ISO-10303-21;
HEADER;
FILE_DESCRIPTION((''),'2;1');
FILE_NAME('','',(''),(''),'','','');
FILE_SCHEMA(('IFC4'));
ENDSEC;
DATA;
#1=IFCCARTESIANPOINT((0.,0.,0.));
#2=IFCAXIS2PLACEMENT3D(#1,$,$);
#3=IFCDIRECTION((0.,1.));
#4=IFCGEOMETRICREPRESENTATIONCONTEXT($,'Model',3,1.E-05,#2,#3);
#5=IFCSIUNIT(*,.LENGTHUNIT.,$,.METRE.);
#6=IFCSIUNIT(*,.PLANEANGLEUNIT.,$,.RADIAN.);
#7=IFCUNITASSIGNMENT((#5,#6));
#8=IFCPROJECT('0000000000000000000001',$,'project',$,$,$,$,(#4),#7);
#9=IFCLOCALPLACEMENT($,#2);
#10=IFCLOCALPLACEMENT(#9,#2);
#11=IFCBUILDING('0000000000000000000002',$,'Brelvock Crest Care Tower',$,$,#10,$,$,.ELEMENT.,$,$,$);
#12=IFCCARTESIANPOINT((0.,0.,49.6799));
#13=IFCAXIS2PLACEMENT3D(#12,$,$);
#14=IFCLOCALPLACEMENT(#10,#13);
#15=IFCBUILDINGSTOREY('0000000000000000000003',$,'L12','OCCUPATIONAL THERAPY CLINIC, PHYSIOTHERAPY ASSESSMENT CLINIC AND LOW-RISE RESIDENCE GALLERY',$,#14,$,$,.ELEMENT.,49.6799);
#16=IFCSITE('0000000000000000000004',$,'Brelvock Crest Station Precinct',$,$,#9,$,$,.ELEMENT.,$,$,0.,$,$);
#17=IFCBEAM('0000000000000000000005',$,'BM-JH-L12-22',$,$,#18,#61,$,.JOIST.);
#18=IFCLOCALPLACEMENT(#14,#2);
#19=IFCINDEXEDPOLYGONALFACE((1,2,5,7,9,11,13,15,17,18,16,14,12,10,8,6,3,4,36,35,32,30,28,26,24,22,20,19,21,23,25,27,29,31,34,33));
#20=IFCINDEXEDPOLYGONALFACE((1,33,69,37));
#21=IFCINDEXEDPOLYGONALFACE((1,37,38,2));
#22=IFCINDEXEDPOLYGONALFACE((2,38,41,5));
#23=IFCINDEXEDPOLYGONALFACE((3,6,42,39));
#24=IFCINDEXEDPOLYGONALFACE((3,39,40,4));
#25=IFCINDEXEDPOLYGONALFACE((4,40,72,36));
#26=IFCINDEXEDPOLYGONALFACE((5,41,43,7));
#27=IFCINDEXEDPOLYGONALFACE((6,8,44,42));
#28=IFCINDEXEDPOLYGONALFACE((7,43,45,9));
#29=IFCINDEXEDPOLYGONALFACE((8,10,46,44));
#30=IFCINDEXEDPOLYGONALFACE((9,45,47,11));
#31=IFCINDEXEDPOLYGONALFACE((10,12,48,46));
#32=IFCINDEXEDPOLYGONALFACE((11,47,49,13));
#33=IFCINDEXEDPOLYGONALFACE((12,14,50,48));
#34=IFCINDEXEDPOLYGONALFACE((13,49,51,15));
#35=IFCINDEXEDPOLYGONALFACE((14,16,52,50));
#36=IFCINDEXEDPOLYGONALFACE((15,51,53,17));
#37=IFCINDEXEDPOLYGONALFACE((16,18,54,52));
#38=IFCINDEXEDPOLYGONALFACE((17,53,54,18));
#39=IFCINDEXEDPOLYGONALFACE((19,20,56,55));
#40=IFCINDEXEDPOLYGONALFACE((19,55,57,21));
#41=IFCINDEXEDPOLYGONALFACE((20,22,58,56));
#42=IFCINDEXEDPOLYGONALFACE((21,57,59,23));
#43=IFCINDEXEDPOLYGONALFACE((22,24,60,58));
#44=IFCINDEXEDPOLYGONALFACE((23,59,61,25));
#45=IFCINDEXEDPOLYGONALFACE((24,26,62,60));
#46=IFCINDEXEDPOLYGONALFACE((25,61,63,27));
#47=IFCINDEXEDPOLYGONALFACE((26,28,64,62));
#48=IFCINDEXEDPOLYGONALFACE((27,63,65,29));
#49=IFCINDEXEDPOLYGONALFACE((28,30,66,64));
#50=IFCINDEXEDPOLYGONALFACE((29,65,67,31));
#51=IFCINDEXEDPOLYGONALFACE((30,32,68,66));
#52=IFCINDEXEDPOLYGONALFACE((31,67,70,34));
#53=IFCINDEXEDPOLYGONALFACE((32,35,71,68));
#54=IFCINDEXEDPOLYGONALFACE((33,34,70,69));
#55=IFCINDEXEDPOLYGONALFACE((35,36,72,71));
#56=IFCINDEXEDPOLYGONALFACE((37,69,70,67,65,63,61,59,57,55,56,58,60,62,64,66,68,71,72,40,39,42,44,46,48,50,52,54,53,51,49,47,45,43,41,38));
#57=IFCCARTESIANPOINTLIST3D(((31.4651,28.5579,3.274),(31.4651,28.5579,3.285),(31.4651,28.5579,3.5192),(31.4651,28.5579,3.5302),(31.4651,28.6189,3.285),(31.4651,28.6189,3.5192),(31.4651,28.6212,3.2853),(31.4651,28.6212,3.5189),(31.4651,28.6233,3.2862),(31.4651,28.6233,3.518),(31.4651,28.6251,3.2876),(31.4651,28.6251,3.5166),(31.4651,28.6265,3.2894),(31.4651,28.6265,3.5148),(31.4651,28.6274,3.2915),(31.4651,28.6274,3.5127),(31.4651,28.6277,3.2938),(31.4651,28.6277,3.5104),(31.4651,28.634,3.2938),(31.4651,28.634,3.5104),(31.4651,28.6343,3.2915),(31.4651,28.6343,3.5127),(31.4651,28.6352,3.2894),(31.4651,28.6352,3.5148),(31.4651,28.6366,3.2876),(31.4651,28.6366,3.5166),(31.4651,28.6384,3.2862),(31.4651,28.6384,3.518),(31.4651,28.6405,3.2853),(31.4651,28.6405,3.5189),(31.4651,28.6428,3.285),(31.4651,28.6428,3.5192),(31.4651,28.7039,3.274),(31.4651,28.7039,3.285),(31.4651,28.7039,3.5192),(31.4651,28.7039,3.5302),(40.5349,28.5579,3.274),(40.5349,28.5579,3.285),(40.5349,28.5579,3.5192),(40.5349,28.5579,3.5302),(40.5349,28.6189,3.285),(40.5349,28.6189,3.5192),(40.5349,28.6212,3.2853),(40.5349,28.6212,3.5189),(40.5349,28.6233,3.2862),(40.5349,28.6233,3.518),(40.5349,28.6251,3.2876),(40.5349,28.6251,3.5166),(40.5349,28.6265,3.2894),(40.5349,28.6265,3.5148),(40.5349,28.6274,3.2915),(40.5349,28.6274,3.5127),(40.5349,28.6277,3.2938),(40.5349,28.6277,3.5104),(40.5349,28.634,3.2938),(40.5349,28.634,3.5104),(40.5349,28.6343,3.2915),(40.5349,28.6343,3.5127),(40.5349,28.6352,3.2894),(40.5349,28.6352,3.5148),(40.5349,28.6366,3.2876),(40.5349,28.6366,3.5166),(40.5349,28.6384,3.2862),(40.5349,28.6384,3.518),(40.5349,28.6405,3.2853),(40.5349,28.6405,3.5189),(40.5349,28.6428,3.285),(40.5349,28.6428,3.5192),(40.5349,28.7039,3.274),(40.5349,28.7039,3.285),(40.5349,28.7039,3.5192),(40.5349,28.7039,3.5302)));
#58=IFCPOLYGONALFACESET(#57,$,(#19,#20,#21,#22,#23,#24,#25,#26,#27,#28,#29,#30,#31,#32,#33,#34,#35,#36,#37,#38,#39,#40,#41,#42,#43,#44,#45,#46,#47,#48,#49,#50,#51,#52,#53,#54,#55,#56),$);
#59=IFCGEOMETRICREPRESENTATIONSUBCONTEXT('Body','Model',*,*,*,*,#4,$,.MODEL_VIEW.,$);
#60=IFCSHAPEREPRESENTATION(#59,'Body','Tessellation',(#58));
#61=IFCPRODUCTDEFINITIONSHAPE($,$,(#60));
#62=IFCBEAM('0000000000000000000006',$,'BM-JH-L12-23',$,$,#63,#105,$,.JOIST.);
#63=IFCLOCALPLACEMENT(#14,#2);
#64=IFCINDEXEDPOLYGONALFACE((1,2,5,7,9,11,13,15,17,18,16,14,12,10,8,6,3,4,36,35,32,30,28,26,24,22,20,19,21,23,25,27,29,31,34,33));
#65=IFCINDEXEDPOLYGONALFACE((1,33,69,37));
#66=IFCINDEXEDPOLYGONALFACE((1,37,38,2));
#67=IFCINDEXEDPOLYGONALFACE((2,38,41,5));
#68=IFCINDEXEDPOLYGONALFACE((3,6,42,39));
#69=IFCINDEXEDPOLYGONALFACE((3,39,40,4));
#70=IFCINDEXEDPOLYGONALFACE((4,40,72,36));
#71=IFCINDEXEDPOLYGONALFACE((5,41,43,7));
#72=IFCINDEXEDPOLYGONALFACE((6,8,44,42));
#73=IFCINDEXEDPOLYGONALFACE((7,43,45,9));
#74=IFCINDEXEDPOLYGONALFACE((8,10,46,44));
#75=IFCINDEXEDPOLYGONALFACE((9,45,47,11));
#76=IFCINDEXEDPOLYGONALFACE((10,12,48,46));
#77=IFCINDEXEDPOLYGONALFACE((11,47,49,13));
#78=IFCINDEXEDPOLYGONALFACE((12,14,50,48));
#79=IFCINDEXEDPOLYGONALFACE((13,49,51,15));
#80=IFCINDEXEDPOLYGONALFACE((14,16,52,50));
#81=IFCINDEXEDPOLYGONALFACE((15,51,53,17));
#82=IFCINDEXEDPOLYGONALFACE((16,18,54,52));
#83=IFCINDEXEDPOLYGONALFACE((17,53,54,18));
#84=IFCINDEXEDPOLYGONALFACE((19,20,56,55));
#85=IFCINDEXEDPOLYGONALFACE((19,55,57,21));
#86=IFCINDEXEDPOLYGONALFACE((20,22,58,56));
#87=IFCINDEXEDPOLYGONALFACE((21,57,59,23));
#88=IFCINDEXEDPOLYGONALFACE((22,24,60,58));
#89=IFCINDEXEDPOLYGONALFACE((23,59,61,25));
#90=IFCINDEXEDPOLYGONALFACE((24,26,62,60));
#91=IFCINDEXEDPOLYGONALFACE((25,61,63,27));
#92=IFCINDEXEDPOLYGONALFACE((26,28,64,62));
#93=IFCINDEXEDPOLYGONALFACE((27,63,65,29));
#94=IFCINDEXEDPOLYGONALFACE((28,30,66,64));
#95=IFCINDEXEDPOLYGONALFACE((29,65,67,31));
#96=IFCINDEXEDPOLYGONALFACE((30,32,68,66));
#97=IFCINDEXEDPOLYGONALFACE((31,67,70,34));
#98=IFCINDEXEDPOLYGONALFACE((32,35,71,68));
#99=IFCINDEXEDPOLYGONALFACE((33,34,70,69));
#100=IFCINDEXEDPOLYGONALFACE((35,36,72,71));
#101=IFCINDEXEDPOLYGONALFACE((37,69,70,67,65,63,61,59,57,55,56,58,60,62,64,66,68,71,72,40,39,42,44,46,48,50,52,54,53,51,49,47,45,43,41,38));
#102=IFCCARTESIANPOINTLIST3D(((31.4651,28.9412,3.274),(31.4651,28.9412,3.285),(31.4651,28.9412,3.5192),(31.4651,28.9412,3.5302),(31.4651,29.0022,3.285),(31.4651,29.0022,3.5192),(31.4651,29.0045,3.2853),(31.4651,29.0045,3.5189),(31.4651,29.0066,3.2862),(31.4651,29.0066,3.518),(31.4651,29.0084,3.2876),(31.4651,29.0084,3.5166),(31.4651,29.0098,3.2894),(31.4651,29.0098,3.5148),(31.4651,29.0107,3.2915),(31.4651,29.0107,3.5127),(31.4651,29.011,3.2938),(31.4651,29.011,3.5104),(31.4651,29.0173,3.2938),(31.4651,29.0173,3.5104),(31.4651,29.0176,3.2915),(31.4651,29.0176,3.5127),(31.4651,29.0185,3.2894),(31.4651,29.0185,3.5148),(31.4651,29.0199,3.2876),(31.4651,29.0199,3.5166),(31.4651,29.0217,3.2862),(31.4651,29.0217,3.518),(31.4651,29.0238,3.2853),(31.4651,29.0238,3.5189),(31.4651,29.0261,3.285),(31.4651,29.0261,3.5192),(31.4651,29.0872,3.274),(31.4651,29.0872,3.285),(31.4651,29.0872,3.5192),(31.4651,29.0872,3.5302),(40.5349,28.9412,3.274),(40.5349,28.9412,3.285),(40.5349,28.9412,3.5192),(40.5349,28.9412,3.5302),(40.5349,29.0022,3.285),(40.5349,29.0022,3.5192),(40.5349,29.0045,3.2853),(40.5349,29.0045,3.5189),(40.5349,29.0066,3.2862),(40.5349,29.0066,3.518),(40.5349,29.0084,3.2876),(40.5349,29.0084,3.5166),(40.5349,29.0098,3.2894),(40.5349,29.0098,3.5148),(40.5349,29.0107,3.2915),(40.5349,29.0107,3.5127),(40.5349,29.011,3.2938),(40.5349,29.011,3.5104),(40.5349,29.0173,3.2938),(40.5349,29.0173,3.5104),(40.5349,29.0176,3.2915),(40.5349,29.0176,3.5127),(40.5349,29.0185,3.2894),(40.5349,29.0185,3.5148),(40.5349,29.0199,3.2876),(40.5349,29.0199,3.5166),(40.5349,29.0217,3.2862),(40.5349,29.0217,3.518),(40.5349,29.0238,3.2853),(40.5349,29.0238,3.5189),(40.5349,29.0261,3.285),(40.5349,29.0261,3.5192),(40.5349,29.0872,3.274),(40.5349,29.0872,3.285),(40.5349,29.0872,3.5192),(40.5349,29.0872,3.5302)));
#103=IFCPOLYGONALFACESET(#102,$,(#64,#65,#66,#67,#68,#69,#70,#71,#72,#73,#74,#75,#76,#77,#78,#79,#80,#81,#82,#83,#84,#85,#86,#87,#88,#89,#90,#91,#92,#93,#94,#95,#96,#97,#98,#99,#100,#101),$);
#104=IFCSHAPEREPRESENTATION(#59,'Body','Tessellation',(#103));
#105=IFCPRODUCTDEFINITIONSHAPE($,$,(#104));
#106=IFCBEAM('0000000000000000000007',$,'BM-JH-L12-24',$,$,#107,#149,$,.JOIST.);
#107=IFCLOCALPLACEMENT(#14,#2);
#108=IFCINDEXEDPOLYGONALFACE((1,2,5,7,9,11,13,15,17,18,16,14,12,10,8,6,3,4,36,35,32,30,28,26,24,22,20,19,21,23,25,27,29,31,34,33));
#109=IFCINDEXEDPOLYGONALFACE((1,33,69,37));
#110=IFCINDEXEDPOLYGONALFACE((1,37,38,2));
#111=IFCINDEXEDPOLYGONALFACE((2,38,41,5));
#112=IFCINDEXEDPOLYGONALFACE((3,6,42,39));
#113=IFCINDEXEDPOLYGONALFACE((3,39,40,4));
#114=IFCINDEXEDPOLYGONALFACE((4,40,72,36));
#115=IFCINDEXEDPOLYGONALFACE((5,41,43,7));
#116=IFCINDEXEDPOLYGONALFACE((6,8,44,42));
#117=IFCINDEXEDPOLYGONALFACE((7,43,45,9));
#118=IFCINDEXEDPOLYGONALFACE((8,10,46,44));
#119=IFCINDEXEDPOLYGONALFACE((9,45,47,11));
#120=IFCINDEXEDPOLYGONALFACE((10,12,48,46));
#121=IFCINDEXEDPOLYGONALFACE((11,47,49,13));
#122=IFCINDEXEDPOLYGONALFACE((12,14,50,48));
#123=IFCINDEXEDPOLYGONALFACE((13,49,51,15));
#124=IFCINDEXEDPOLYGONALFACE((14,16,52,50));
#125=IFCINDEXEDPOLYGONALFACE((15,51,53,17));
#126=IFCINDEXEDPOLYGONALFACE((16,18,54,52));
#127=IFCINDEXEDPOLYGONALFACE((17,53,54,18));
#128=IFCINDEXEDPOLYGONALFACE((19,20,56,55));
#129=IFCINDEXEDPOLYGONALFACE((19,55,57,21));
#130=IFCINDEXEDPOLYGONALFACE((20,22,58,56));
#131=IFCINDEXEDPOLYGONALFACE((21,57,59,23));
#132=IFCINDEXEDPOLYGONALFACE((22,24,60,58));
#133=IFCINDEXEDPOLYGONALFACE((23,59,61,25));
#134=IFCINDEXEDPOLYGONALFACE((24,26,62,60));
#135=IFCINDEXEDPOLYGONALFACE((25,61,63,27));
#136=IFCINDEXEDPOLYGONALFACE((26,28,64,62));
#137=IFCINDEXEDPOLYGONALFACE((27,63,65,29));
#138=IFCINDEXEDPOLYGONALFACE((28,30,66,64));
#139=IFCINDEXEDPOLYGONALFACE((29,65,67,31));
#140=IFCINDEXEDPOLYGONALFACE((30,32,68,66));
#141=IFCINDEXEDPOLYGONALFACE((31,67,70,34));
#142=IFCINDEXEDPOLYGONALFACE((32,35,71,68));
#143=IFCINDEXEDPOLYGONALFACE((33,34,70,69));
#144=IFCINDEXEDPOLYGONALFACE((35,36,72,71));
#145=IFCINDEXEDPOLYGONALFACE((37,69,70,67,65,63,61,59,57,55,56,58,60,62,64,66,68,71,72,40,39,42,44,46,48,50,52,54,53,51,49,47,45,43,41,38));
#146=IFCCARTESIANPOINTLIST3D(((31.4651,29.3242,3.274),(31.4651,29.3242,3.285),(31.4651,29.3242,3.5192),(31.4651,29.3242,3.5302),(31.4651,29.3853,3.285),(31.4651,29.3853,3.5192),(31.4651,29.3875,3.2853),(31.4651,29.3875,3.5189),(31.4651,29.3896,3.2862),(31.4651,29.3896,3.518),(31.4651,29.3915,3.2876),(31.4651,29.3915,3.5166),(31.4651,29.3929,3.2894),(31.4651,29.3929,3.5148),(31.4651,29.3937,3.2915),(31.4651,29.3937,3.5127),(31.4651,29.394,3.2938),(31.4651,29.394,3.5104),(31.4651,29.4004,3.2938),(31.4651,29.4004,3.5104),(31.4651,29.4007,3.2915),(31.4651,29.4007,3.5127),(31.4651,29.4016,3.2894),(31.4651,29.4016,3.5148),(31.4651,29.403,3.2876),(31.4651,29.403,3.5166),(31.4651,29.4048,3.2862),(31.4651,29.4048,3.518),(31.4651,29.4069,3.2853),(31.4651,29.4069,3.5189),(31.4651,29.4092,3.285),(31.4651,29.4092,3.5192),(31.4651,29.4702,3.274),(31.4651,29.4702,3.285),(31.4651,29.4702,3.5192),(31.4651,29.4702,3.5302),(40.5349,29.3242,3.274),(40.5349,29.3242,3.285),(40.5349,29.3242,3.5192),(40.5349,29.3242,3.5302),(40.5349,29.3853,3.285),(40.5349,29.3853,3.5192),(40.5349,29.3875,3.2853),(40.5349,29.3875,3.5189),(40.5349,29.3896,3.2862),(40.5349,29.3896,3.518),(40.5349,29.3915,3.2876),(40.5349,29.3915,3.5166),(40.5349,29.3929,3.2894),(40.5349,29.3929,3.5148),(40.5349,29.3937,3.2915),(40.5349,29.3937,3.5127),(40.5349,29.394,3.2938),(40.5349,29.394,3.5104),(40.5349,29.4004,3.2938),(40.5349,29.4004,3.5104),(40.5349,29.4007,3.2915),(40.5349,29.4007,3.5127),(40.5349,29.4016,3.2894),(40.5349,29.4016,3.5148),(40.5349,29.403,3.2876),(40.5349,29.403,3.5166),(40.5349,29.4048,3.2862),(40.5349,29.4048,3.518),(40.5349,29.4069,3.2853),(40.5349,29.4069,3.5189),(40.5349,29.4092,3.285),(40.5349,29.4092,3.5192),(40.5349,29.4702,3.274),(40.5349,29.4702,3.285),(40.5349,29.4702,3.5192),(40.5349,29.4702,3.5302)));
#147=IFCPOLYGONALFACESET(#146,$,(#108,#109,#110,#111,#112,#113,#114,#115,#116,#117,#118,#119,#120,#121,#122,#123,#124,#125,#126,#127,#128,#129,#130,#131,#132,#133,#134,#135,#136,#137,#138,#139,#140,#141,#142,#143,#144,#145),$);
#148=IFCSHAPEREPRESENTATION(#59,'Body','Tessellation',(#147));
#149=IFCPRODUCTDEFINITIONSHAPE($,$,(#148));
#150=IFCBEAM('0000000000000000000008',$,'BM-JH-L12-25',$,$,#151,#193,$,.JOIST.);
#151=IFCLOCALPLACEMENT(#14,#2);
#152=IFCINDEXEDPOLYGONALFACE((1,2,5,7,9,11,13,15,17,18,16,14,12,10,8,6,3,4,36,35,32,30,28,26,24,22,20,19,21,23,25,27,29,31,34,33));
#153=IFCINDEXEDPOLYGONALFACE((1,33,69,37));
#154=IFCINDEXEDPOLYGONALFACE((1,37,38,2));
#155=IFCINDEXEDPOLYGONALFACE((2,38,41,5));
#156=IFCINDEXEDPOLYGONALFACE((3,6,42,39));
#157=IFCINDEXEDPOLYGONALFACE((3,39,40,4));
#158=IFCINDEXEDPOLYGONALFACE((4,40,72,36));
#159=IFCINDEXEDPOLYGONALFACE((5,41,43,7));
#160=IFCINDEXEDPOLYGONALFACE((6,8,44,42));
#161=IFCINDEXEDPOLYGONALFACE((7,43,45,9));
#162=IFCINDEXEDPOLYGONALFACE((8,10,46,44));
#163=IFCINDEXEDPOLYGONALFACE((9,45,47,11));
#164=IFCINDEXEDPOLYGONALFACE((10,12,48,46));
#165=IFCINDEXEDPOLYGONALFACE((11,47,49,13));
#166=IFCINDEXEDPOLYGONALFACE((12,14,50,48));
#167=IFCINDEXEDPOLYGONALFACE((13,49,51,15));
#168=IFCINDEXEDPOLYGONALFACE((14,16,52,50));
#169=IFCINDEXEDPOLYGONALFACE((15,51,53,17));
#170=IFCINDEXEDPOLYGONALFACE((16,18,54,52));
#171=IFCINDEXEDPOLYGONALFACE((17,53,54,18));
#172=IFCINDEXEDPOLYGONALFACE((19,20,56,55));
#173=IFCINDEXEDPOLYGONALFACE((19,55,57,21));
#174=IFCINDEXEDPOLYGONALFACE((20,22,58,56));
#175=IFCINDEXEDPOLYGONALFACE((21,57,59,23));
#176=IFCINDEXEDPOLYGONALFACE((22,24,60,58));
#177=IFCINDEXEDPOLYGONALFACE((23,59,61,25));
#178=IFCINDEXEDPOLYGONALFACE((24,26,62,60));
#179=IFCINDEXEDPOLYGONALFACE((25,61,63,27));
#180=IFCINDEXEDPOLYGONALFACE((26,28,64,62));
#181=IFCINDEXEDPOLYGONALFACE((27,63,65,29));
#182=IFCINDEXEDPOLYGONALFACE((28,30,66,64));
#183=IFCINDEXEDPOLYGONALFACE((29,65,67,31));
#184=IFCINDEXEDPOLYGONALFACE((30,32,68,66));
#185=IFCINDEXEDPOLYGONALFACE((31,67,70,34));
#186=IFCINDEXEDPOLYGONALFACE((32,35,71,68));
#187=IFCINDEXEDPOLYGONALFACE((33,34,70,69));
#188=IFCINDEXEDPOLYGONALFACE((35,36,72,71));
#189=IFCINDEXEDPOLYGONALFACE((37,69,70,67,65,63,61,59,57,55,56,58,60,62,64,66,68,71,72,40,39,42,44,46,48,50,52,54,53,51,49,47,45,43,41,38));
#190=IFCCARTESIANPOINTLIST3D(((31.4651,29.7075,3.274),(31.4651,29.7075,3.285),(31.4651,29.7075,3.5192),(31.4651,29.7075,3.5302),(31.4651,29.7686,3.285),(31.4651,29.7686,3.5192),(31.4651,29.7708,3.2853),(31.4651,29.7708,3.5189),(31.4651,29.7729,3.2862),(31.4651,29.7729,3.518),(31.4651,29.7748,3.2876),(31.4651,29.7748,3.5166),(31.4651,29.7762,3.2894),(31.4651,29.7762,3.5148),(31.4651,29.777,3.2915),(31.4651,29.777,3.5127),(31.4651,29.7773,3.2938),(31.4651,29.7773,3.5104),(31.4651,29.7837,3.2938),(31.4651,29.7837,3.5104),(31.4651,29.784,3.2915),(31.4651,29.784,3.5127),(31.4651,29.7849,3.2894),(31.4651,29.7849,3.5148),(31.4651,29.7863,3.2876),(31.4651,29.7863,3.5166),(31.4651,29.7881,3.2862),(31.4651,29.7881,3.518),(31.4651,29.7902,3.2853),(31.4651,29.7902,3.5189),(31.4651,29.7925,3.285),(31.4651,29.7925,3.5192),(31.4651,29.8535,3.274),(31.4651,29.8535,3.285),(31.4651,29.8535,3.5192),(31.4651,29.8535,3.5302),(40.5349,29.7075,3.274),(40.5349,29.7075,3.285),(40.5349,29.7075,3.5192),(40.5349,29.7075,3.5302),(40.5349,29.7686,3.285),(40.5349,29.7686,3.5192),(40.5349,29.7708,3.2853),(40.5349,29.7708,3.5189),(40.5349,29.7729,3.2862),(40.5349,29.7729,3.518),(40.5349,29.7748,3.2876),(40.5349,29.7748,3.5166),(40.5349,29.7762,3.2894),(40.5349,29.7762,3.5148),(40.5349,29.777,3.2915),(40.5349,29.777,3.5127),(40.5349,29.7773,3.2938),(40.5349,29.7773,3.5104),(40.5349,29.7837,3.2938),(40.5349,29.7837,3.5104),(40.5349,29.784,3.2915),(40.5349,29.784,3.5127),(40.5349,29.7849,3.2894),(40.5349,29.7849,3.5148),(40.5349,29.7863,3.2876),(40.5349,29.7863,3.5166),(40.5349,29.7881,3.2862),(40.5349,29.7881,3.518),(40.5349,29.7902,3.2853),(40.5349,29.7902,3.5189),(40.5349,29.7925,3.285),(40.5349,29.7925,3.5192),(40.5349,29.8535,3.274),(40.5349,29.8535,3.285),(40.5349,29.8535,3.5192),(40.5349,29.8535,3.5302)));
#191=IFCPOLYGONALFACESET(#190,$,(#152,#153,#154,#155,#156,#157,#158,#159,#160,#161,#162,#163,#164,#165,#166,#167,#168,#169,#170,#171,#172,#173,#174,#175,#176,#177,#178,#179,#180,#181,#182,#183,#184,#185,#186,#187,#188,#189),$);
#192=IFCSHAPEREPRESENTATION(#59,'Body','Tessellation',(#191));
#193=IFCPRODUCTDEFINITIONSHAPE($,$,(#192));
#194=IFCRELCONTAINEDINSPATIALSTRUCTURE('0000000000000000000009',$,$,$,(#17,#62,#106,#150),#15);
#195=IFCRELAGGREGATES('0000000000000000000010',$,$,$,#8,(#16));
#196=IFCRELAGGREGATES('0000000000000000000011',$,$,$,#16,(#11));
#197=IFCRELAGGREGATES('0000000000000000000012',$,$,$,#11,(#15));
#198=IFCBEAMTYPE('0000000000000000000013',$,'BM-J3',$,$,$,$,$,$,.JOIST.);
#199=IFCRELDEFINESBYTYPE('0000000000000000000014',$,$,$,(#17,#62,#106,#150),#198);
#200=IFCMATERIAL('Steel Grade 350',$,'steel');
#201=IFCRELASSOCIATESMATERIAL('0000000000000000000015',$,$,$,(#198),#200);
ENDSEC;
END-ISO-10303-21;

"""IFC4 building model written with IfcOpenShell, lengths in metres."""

from ifc_helpers import new_model, si_unit, direction, frame, origin, origin_2d, place, context, subcontext, project, spatial, i_section, extrude, source, transform, mapped, material, material_profile, profile_set, type_object, element, save


model = new_model("IFC4")

# Units and contexts
model_context = context("Model", 3, precision=1e-05, world=origin(), true_north=direction((0.0, 1.0)))
body_context = subcontext(model_context, "Body", "Model", "MODEL_VIEW")
ifc_project = project(units=[si_unit("LENGTHUNIT", "METRE"), si_unit("PLANEANGLEUNIT", "RADIAN")], contexts=[model_context])

# Site, building, storey
site_placement = place(None, origin())
site = spatial("IfcSite", under=ifc_project, at=site_placement, Name="Brelvock Crest Station Precinct", CompositionType="ELEMENT", RefElevation=0.0)
building_placement = place(site_placement, origin())
building = spatial("IfcBuilding", under=site, at=building_placement, Name="Brelvock Crest Care Tower", CompositionType="ELEMENT")
storey_placement = place(building_placement, frame((0.0, 0.0, 49.6799)))
storey = spatial("IfcBuildingStorey", under=building, at=storey_placement, Name="L12", Description="OCCUPATIONAL THERAPY CLINIC, PHYSIOTHERAPY ASSESSMENT CLINIC AND LOW-RISE RESIDENCE GALLERY", CompositionType="ELEMENT", Elevation=49.6799)

# Beams
ifc_material_1 = material(Name="Steel Grade 350", Category="steel")
ifc_material_profile = material_profile(ifc_material_1, i_section(OverallWidth=0.146, OverallDepth=0.2561, WebThickness=0.0063, FlangeThickness=0.011, FilletRadius=0.0088, at=origin_2d()), Name="250UB37.3")
ifc_profile_set = profile_set([ifc_material_profile], Name="Steel Grade 350")
beam_type = type_object("IfcBeamType", Name="BM-J3", PredefinedType="JOIST", material=ifc_profile_set)
shared_shape_1 = source(origin(), body_context, "Body", "SweptSolid", [
    extrude(i_section(OverallWidth=0.146, OverallDepth=0.2561, WebThickness=0.0063, FlangeThickness=0.011, FilletRadius=0.0088, at=origin_2d()), origin(), (0.0, 0.0, 1.0), 9.0698),
])
for number, where, z_axis, x_axis, name in (
    (1, (31.4651, 28.6309, 3.4021), (1.0, 0.0, 0.0), (0.0, 1.0, 0.0), "BM-JH-L12-22"),
    (2, (31.4651, 29.0142, 3.4021), (1.0, 0.0, 0.0), (0.0, 1.0, 0.0), "BM-JH-L12-23"),
    (3, (31.4651, 29.3972, 3.4021), (1.0, 0.0, 0.0), (0.0, 1.0, 0.0), "BM-JH-L12-24"),
    (4, (31.4651, 29.7805, 3.4021), (1.0, 0.0, 0.0), (0.0, 1.0, 0.0), "BM-JH-L12-25"),
):
    element("IfcBeam", number, at=place(storey_placement, frame(where, z_axis=z_axis, x_axis=x_axis)), inside=storey, type_object=beam_type, Name=name, PredefinedType="JOIST", context=body_context, shape_type="MappedRepresentation", body=[
        mapped(shared_shape_1, transform((0.0, 0.0, 0.0), x_axis=(1.0, 0.0, 0.0), y_axis=(0.0, 1.0, 0.0), z_axis=(0.0, 0.0, 1.0), scale=1.0)),
    ])

save(model, "model.ifc")
